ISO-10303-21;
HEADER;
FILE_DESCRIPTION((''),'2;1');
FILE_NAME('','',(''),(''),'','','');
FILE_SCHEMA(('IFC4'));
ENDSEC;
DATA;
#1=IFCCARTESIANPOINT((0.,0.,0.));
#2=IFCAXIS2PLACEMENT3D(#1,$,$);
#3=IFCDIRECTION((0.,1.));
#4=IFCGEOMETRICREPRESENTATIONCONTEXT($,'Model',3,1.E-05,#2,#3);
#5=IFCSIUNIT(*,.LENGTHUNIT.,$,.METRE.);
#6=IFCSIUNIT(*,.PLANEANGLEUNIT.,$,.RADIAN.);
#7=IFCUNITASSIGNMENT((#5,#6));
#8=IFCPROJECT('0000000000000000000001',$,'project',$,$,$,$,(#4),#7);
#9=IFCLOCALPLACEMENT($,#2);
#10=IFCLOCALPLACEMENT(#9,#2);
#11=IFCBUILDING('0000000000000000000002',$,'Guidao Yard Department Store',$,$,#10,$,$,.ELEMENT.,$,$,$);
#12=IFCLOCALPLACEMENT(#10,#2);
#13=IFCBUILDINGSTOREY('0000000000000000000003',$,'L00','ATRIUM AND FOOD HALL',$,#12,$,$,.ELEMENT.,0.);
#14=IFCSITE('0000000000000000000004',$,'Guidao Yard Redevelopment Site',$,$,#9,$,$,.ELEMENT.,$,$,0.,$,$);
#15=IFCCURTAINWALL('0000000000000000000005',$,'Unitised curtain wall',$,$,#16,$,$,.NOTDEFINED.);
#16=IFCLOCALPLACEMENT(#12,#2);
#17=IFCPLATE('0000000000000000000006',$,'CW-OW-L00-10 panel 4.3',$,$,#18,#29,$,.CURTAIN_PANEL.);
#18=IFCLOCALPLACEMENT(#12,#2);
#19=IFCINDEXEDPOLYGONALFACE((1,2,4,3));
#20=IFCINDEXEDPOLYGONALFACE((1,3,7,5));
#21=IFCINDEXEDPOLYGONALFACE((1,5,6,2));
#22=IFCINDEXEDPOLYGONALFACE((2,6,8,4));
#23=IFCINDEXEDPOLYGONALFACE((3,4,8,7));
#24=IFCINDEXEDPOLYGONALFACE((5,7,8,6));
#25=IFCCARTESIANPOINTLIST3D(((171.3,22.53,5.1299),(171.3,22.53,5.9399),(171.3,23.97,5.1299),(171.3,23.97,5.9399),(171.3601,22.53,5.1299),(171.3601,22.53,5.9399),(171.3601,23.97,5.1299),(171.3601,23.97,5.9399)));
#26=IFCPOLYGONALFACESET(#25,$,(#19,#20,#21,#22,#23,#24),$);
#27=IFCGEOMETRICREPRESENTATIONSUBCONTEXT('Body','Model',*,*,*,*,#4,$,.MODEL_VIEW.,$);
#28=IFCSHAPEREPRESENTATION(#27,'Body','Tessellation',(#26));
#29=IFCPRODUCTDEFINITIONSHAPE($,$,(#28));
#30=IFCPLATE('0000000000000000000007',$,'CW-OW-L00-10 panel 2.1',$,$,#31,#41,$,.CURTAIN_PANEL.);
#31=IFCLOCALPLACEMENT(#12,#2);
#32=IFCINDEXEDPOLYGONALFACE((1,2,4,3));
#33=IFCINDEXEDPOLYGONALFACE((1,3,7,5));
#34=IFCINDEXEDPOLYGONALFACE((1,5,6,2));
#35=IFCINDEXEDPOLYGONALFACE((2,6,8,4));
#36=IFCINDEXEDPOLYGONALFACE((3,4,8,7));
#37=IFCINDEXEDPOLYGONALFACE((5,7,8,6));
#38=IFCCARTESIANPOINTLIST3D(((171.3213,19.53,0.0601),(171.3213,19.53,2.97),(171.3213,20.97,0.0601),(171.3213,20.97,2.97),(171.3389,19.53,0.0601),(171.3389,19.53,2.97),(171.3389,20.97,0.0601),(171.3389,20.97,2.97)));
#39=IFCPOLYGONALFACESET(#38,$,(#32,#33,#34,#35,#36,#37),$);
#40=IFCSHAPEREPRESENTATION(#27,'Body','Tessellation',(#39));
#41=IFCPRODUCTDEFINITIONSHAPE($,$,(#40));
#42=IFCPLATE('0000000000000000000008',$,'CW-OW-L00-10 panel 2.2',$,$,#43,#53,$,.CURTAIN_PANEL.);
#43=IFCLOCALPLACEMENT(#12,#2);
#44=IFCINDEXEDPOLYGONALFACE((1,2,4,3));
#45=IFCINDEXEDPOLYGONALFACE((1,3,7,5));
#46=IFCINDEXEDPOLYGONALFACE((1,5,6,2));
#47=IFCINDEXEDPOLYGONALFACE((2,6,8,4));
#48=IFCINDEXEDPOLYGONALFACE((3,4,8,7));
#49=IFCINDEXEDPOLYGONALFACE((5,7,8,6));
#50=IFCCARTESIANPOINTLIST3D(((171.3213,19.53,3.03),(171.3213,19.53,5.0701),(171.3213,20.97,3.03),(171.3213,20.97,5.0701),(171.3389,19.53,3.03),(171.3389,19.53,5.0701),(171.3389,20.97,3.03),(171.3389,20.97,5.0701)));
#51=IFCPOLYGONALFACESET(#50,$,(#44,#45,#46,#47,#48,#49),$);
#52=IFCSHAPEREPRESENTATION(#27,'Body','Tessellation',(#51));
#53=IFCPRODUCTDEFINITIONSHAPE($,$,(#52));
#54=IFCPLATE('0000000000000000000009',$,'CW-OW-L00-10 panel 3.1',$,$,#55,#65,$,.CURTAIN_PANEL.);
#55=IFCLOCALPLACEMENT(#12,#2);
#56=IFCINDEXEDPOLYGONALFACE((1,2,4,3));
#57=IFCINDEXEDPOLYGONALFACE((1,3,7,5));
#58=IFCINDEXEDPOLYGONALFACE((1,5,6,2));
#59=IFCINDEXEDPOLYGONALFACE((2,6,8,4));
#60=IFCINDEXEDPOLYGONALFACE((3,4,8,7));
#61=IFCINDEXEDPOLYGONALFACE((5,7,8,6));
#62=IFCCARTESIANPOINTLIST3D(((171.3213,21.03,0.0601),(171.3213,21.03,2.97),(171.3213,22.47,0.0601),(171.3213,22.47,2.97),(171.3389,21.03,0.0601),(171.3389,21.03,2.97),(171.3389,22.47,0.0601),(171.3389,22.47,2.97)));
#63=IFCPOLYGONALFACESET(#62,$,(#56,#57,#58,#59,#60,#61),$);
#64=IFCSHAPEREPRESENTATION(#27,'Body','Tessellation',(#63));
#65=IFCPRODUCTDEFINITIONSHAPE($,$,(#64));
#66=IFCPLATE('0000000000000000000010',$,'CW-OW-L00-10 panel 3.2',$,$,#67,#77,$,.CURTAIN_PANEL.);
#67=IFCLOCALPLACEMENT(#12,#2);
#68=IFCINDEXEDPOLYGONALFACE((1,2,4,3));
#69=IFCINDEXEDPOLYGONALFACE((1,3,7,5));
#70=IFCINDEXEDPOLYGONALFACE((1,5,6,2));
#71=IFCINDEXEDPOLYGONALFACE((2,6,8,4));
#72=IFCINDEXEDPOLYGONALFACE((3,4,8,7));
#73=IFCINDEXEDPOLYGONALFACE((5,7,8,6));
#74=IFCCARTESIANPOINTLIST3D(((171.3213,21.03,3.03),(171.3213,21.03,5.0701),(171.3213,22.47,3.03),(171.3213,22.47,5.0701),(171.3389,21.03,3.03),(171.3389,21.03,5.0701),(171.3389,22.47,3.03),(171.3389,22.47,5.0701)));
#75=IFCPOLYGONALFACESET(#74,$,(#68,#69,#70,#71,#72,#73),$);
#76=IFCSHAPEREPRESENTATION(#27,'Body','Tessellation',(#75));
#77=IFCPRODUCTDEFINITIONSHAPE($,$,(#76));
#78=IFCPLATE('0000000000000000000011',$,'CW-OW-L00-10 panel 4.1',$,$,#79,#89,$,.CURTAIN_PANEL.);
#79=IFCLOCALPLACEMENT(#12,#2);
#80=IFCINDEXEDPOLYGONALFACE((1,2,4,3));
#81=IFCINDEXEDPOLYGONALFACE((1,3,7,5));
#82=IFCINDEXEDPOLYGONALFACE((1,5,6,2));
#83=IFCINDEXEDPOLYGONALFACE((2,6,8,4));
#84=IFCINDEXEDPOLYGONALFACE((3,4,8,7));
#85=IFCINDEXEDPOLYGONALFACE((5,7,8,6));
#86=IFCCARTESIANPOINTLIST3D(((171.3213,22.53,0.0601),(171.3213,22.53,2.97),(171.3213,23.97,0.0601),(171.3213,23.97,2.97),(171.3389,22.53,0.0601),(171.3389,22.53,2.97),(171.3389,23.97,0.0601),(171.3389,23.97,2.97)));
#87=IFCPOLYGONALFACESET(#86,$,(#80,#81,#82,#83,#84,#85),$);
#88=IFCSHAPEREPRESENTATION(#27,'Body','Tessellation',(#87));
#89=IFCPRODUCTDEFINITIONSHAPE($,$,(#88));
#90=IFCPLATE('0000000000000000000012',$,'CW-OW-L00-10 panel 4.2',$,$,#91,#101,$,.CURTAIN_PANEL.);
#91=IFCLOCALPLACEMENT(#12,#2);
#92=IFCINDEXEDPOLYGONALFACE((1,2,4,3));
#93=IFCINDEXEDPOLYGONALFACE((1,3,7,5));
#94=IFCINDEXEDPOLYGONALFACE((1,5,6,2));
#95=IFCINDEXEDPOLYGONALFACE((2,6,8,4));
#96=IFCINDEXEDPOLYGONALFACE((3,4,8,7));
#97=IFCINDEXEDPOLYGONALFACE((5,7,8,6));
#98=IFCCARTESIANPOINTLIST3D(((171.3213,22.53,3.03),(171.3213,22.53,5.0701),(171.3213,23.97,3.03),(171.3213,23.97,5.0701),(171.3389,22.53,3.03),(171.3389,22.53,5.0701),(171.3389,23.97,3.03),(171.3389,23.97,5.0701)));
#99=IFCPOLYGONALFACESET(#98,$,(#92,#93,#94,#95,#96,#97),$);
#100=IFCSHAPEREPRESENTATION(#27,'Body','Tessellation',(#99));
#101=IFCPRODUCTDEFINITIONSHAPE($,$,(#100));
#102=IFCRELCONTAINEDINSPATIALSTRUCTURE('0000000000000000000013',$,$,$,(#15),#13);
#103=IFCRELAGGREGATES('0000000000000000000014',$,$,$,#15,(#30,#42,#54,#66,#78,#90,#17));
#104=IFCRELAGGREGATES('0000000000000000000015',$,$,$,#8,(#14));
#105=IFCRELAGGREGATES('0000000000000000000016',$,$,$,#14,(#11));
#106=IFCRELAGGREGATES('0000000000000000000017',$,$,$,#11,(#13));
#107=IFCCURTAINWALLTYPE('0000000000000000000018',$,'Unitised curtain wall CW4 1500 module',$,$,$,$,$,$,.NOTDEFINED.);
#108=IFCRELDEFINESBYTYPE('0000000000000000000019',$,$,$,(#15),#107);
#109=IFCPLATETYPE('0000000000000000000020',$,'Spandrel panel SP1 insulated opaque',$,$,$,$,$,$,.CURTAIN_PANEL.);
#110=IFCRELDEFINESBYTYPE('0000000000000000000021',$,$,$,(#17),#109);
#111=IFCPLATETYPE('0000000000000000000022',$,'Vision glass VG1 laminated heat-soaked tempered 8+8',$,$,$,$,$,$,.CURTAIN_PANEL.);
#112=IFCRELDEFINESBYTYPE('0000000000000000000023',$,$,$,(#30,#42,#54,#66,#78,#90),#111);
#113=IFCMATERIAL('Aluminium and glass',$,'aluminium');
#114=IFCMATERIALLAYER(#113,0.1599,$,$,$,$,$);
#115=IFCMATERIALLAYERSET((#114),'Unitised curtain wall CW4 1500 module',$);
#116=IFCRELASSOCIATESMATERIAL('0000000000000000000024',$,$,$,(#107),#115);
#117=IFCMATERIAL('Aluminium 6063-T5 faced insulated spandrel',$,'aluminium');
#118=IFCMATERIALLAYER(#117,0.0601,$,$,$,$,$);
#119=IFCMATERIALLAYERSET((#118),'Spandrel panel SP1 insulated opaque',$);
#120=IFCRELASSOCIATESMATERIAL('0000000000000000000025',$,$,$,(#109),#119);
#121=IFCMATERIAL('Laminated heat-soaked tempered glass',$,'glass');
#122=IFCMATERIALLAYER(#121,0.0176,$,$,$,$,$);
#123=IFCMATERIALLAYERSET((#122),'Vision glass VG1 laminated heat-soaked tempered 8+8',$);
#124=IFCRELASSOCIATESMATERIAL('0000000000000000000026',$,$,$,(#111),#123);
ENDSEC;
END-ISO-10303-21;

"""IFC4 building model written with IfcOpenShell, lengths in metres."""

from ifc_helpers import new_model, si_unit, direction, frame, origin, origin_2d, place, context, subcontext, project, spatial, rectangle, extrude, material, layer, layer_set, type_object, element, aggregate, save


model = new_model("IFC4")

# Units and contexts
model_context = context("Model", 3, precision=1e-05, world=origin(), true_north=direction((0.0, 1.0)))
body_context = subcontext(model_context, "Body", "Model", "MODEL_VIEW")
ifc_project = project(units=[si_unit("LENGTHUNIT", "METRE"), si_unit("PLANEANGLEUNIT", "RADIAN")], contexts=[model_context])

# Site, building, storey
site_placement = place(None, origin())
site = spatial("IfcSite", under=ifc_project, at=site_placement, Name="Guidao Yard Redevelopment Site", CompositionType="ELEMENT", RefElevation=0.0)
building_placement = place(site_placement, origin())
building = spatial("IfcBuilding", under=site, at=building_placement, Name="Guidao Yard Department Store", CompositionType="ELEMENT")
storey_placement = place(building_placement, origin())
storey = spatial("IfcBuildingStorey", under=building, at=storey_placement, Name="L00", Description="ATRIUM AND FOOD HALL", CompositionType="ELEMENT", Elevation=0.0)

# Curtain wall, plates
ifc_material_1 = material(Name="Aluminium and glass", Category="aluminium")
ifc_layer_1 = layer(ifc_material_1, 0.1599)
ifc_layer_set_1 = layer_set([ifc_layer_1], Name="Unitised curtain wall CW4 1500 module")
curtain_wall_type = type_object("IfcCurtainWallType", Name="Unitised curtain wall CW4 1500 module", PredefinedType="NOTDEFINED", material=ifc_layer_set_1)
curtain_wall_placement = place(storey_placement, origin())
curtain_wall = element("IfcCurtainWall", 1, at=curtain_wall_placement, inside=storey, type_object=curtain_wall_type, Name="Unitised curtain wall", PredefinedType="NOTDEFINED")
ifc_material_2 = material(Name="Aluminium 6063-T5 faced insulated spandrel", Category="aluminium")
ifc_layer_2 = layer(ifc_material_2, 0.0601)
ifc_layer_set_2 = layer_set([ifc_layer_2], Name="Spandrel panel SP1 insulated opaque")
plate_type_1 = type_object("IfcPlateType", Name="Spandrel panel SP1 insulated opaque", PredefinedType="CURTAIN_PANEL", material=ifc_layer_set_2)
plate_1_placement = place(storey_placement, frame((171.3301, 23.25, 5.1299), z_axis=(0.0, 0.0, 1.0), x_axis=(0.0, -1.0, 0.0)))
plate_1 = element("IfcPlate", 2, at=plate_1_placement, type_object=plate_type_1, Name="CW-OW-L00-10 panel 4.3", PredefinedType="CURTAIN_PANEL", context=body_context, shape_type="SweptSolid", body=[
    extrude(rectangle(XDim=1.4399, YDim=0.0601, at=origin_2d()), origin(), (0.0, 0.0, 1.0), 0.8101),
])
ifc_material_3 = material(Name="Laminated heat-soaked tempered glass", Category="glass")
ifc_layer_3 = layer(ifc_material_3, 0.0176)
ifc_layer_set_3 = layer_set([ifc_layer_3], Name="Vision glass VG1 laminated heat-soaked tempered 8+8")
plate_type_2 = type_object("IfcPlateType", Name="Vision glass VG1 laminated heat-soaked tempered 8+8", PredefinedType="CURTAIN_PANEL", material=ifc_layer_set_3)
plate_2_placement = place(storey_placement, frame((171.3301, 20.25, 0.0601), z_axis=(0.0, 0.0, 1.0), x_axis=(0.0, -1.0, 0.0)))
plate_2 = element("IfcPlate", 3, at=plate_2_placement, type_object=plate_type_2, Name="CW-OW-L00-10 panel 2.1", PredefinedType="CURTAIN_PANEL", context=body_context, shape_type="SweptSolid", body=[
    extrude(rectangle(XDim=1.4399, YDim=0.0176, at=origin_2d()), origin(), (0.0, 0.0, 1.0), 2.9099),
])
plate_3_placement = place(storey_placement, frame((171.3301, 20.25, 3.03), z_axis=(0.0, 0.0, 1.0), x_axis=(0.0, -1.0, 0.0)))
plate_3 = element("IfcPlate", 4, at=plate_3_placement, type_object=plate_type_2, Name="CW-OW-L00-10 panel 2.2", PredefinedType="CURTAIN_PANEL", context=body_context, shape_type="SweptSolid", body=[
    extrude(rectangle(XDim=1.4399, YDim=0.0176, at=origin_2d()), origin(), (0.0, 0.0, 1.0), 2.04),
])
plate_4_placement = place(storey_placement, frame((171.3301, 21.75, 0.0601), z_axis=(0.0, 0.0, 1.0), x_axis=(0.0, -1.0, 0.0)))
plate_4 = element("IfcPlate", 5, at=plate_4_placement, type_object=plate_type_2, Name="CW-OW-L00-10 panel 3.1", PredefinedType="CURTAIN_PANEL", context=body_context, shape_type="SweptSolid", body=[
    extrude(rectangle(XDim=1.4399, YDim=0.0176, at=origin_2d()), origin(), (0.0, 0.0, 1.0), 2.9099),
])
plate_5_placement = place(storey_placement, frame((171.3301, 21.75, 3.03), z_axis=(0.0, 0.0, 1.0), x_axis=(0.0, -1.0, 0.0)))
plate_5 = element("IfcPlate", 6, at=plate_5_placement, type_object=plate_type_2, Name="CW-OW-L00-10 panel 3.2", PredefinedType="CURTAIN_PANEL", context=body_context, shape_type="SweptSolid", body=[
    extrude(rectangle(XDim=1.4399, YDim=0.0176, at=origin_2d()), origin(), (0.0, 0.0, 1.0), 2.04),
])
plate_6_placement = place(storey_placement, frame((171.3301, 23.25, 0.0601), z_axis=(0.0, 0.0, 1.0), x_axis=(0.0, -1.0, 0.0)))
plate_6 = element("IfcPlate", 7, at=plate_6_placement, type_object=plate_type_2, Name="CW-OW-L00-10 panel 4.1", PredefinedType="CURTAIN_PANEL", context=body_context, shape_type="SweptSolid", body=[
    extrude(rectangle(XDim=1.4399, YDim=0.0176, at=origin_2d()), origin(), (0.0, 0.0, 1.0), 2.9099),
])
plate_7_placement = place(storey_placement, frame((171.3301, 23.25, 3.03), z_axis=(0.0, 0.0, 1.0), x_axis=(0.0, -1.0, 0.0)))
plate_7 = element("IfcPlate", 8, at=plate_7_placement, type_object=plate_type_2, Name="CW-OW-L00-10 panel 4.2", PredefinedType="CURTAIN_PANEL", context=body_context, shape_type="SweptSolid", body=[
    extrude(rectangle(XDim=1.4399, YDim=0.0176, at=origin_2d()), origin(), (0.0, 0.0, 1.0), 2.04),
])
aggregate(curtain_wall, [plate_2, plate_3, plate_4, plate_5, plate_6, plate_7, plate_1])

save(model, "model.ifc")
